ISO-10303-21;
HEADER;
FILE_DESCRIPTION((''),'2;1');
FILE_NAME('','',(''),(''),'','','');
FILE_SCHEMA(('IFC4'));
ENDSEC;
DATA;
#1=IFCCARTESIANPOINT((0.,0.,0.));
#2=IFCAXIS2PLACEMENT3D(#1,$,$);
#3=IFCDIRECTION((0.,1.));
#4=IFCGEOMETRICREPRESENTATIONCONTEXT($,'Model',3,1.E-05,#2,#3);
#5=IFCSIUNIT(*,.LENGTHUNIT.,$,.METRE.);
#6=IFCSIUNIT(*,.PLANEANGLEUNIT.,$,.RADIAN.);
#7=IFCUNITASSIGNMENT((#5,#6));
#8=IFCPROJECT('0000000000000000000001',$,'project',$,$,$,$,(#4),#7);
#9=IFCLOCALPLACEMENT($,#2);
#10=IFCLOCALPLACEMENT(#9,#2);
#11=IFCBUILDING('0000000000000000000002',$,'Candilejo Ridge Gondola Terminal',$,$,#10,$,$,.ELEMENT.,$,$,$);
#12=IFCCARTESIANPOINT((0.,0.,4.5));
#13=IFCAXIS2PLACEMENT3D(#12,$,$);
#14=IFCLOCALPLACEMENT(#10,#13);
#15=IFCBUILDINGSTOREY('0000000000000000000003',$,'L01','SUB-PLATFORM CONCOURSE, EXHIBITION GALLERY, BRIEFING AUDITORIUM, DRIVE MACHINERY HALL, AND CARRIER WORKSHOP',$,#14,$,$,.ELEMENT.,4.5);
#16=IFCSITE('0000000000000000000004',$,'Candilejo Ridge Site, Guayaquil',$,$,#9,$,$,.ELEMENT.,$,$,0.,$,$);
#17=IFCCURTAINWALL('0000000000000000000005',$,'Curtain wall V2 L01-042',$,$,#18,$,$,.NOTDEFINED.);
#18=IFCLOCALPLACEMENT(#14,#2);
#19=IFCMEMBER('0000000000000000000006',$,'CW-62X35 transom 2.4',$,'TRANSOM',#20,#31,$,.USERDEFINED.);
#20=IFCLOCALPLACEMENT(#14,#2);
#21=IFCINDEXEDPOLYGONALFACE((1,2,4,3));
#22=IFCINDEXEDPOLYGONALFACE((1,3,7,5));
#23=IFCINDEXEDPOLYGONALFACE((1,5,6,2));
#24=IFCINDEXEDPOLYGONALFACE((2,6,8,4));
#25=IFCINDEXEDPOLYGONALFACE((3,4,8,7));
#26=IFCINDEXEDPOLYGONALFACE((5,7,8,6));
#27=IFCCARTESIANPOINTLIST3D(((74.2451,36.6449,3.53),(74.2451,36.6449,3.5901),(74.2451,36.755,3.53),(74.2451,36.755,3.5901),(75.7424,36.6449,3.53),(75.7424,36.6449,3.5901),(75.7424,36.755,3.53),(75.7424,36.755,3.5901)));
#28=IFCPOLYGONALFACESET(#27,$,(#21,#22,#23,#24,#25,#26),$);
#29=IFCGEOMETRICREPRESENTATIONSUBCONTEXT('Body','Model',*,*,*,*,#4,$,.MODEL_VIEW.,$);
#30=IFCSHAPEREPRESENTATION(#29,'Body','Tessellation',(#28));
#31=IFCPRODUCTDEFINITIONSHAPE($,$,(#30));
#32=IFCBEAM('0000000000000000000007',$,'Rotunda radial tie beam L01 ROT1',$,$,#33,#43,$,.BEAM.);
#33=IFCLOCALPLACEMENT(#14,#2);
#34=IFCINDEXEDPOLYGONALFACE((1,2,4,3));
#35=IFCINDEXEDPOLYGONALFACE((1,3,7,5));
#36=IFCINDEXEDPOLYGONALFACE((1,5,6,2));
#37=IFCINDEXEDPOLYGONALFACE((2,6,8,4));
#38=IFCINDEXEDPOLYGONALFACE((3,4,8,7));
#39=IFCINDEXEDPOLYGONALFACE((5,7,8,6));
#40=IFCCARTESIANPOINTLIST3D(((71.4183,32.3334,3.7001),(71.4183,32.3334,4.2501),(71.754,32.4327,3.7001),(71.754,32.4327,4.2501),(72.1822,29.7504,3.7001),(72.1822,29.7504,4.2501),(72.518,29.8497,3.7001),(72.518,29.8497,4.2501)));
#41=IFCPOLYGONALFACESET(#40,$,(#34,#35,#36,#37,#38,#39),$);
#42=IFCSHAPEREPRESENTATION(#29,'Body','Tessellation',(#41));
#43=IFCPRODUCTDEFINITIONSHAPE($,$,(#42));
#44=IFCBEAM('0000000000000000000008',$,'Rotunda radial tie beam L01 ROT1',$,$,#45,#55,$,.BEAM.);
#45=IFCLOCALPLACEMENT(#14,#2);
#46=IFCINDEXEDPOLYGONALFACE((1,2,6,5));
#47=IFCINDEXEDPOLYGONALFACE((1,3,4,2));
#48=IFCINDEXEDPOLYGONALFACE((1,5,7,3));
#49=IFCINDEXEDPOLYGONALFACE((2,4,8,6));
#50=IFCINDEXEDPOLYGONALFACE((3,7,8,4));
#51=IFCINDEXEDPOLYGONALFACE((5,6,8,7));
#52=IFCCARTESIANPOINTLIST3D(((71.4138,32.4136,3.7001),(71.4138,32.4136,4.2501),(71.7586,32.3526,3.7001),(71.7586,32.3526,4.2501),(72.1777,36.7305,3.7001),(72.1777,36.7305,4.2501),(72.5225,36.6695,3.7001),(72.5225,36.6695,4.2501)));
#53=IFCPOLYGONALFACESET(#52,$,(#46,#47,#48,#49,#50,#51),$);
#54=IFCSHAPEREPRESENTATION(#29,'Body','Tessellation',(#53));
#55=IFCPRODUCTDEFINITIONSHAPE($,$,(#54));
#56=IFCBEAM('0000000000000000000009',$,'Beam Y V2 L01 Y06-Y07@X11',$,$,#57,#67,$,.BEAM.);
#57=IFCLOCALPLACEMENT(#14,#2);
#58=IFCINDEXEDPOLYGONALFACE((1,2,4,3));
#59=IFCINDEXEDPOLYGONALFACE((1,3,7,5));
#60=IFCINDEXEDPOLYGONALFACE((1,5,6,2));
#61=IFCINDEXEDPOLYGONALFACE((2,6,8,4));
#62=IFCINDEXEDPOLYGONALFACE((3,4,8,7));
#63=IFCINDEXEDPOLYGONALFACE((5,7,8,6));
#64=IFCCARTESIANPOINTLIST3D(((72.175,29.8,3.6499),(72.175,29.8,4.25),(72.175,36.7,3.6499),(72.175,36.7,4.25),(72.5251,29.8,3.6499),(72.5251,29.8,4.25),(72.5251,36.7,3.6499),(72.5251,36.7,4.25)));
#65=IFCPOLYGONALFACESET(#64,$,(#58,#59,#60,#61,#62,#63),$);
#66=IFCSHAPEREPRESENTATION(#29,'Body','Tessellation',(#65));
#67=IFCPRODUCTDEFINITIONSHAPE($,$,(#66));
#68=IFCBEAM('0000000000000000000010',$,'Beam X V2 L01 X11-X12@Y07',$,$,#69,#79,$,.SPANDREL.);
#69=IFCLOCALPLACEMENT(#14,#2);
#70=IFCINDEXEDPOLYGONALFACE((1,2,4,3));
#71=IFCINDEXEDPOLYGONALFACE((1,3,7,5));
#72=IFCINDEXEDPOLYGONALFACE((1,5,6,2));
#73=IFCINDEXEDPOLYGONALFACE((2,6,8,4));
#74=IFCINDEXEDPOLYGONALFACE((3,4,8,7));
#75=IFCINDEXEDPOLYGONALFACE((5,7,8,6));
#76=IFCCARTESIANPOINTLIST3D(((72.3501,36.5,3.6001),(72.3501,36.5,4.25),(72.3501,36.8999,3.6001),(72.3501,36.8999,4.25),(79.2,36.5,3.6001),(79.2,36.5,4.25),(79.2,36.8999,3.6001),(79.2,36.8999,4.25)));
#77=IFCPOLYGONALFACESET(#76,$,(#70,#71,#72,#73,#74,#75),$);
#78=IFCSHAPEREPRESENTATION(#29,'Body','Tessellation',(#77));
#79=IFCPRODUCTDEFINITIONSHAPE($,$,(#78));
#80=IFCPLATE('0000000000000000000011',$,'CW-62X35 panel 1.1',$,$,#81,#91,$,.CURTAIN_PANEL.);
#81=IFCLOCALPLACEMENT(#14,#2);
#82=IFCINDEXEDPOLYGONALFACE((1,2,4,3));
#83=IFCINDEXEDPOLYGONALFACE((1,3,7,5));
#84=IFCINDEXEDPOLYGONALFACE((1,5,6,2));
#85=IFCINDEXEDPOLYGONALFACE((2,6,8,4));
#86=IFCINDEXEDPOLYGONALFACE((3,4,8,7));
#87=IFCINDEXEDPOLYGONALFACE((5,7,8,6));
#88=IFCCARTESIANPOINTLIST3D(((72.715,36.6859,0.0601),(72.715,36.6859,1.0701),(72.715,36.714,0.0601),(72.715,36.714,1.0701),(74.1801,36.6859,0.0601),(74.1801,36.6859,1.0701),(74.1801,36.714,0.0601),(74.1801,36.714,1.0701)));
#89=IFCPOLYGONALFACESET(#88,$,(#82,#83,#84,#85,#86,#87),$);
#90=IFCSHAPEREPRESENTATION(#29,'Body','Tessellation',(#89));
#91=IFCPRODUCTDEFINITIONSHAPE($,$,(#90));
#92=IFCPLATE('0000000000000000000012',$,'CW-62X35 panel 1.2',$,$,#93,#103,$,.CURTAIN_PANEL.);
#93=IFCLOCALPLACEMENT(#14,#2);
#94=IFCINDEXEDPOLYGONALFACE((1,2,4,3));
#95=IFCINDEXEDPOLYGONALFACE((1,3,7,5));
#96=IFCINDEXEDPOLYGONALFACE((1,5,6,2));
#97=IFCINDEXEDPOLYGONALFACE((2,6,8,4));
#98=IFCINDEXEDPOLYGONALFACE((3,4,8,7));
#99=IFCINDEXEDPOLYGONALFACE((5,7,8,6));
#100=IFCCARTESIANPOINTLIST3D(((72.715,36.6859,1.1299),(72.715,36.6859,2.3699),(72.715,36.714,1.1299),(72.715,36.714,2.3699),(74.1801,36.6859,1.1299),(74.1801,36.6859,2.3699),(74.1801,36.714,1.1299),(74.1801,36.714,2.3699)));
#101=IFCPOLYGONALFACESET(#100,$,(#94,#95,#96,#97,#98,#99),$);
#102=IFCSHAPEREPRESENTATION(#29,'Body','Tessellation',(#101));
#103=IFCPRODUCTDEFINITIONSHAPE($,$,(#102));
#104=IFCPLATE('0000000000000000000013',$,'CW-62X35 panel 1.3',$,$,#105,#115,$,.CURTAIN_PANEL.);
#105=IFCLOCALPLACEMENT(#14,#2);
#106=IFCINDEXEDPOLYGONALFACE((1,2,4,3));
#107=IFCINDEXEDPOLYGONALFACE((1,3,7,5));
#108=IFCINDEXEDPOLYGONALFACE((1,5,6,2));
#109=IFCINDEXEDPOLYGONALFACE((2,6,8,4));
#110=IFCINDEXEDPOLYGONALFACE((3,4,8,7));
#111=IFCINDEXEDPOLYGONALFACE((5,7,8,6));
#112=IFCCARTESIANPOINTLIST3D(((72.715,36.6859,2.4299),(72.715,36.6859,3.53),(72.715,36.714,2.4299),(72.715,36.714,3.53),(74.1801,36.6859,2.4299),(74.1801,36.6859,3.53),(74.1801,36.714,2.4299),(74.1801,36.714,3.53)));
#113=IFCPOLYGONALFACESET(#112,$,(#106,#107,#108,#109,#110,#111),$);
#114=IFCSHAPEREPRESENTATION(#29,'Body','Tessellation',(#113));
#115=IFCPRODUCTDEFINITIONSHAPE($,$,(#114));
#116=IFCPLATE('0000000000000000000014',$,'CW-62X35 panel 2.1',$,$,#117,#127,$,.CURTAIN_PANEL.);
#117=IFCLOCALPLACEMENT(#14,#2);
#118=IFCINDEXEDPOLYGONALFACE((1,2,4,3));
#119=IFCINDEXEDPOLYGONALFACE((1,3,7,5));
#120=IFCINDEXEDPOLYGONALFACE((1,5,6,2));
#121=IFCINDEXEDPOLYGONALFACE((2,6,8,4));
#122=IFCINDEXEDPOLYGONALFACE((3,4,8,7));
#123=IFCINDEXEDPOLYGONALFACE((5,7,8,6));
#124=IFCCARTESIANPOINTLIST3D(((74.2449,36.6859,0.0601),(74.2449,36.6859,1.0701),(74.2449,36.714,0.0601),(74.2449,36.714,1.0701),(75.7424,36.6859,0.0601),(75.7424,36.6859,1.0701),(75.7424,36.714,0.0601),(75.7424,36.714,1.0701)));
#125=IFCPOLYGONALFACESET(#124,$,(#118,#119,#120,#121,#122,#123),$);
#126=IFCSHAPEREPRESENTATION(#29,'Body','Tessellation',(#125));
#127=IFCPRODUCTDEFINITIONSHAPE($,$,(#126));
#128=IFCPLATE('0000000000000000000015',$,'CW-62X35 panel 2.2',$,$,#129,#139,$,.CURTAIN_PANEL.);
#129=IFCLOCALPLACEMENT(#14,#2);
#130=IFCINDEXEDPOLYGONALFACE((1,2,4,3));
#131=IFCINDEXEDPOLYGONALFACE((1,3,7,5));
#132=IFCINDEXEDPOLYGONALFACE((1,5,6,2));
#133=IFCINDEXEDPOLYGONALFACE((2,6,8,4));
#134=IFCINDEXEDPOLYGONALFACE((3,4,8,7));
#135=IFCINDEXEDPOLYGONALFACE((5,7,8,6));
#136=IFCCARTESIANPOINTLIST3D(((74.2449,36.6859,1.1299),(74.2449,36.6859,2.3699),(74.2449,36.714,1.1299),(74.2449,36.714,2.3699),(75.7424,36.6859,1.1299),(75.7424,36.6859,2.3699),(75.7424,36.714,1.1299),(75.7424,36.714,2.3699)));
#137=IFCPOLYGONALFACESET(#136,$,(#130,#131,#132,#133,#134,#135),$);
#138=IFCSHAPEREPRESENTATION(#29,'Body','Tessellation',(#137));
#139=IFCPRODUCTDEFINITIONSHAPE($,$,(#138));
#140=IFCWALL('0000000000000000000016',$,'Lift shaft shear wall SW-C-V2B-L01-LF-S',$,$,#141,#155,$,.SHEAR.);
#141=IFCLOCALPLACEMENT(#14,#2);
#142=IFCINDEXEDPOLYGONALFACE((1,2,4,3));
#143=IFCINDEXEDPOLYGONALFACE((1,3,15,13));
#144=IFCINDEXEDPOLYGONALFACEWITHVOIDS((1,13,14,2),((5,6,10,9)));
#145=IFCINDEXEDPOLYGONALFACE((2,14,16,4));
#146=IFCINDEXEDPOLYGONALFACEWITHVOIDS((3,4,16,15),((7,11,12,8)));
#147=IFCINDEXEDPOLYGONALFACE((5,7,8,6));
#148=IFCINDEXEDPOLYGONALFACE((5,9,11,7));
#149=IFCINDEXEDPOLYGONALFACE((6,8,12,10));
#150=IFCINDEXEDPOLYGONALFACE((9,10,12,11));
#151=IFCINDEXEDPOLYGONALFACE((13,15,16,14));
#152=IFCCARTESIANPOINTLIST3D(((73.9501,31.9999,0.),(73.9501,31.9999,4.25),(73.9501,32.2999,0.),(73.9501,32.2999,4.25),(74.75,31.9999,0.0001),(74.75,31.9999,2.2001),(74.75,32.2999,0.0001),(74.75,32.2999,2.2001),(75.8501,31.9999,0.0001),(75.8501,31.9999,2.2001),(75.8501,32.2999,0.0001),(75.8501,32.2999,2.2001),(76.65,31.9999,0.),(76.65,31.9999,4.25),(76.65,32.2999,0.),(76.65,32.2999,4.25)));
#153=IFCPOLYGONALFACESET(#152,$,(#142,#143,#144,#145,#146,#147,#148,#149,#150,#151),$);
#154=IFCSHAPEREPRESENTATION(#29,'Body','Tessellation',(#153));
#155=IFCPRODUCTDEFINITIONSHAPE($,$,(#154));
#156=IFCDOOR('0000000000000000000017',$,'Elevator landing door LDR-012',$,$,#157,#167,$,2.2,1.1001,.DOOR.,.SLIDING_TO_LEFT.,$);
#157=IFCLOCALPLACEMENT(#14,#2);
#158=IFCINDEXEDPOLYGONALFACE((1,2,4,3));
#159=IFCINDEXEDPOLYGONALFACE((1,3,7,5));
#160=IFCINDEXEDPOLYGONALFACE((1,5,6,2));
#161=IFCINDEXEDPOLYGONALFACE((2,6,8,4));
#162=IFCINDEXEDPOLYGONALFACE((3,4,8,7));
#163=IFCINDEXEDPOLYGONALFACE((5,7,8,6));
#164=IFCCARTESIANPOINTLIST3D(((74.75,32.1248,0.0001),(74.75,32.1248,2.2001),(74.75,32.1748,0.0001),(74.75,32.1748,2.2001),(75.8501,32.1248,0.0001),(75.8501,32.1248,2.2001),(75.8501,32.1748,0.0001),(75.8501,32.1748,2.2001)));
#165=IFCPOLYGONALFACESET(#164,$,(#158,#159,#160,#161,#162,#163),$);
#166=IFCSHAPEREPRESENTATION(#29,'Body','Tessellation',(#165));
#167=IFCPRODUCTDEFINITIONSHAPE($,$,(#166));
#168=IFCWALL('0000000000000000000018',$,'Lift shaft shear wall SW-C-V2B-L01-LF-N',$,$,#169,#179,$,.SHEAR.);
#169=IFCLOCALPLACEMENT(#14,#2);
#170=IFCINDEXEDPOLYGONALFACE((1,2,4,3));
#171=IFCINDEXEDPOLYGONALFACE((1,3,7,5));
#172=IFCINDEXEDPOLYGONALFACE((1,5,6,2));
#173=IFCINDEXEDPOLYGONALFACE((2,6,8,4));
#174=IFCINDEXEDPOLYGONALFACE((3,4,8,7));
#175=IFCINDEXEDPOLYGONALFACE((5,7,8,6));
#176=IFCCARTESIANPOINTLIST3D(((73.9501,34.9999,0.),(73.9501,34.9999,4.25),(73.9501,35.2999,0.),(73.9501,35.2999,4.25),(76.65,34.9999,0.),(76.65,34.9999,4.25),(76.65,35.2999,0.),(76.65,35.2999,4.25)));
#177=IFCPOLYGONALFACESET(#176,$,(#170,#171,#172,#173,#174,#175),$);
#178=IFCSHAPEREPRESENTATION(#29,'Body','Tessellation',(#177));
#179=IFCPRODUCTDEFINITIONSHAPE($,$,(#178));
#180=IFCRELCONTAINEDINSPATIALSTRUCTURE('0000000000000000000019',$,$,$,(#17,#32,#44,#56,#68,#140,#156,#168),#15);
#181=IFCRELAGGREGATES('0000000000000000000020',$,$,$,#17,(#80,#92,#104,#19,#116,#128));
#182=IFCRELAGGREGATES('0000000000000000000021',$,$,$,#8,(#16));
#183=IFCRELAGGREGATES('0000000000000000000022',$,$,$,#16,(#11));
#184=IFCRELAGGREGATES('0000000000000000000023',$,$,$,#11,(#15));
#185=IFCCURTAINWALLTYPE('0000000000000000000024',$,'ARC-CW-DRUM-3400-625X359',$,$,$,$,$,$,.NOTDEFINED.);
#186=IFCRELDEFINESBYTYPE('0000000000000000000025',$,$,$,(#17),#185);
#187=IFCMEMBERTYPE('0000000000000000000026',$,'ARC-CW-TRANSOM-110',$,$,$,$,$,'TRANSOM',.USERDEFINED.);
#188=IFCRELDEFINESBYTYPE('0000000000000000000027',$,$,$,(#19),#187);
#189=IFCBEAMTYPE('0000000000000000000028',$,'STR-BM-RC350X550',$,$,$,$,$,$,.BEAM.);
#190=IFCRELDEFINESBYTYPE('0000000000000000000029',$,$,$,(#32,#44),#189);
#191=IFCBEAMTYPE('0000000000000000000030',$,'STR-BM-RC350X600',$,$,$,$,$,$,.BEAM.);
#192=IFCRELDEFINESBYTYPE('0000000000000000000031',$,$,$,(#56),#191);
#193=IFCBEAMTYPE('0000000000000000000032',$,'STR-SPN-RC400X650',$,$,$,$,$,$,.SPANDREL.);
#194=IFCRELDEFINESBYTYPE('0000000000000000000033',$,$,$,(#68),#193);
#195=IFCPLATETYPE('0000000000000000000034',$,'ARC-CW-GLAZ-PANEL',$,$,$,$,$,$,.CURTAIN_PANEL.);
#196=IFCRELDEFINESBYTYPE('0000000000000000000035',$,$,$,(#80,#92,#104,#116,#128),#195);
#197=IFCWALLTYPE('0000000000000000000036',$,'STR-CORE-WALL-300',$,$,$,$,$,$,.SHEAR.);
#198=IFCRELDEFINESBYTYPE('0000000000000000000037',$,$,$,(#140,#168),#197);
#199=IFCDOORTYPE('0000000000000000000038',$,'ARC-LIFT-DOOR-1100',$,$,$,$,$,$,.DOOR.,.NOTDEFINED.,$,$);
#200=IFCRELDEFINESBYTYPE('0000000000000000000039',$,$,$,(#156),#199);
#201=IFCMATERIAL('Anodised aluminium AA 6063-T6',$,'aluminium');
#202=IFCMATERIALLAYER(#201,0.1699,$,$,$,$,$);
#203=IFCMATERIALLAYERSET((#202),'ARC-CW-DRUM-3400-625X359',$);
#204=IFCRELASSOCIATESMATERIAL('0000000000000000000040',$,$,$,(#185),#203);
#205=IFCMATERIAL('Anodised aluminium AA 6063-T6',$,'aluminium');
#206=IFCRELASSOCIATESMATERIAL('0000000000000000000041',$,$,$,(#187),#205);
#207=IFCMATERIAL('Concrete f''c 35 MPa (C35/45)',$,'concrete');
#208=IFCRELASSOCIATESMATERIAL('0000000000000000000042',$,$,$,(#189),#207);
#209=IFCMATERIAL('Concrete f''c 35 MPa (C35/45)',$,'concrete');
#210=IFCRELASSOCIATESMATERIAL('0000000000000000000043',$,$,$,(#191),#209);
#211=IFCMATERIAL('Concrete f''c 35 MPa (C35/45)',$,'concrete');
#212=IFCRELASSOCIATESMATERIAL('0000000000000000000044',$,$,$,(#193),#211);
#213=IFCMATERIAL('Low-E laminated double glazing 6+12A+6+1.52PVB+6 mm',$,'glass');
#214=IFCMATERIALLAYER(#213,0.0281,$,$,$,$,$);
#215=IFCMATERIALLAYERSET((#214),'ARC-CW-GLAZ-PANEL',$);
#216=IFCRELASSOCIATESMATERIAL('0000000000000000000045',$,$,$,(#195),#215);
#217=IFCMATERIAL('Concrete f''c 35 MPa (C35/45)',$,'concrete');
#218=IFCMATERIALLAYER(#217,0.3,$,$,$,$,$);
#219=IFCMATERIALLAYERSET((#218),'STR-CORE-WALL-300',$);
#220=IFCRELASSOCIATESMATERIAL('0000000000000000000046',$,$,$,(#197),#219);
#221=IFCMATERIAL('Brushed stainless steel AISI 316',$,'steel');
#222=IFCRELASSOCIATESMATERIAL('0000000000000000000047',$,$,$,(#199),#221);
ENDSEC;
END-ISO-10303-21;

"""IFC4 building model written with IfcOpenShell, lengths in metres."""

from ifc_helpers import new_model, si_unit, direction, frame, frame_2d, origin, origin_2d, place, context, subcontext, project, spatial, rectangle, extrude, material, layer, layer_set, material_profile, profile_set, type_object, element, fill, aggregate, save


model = new_model("IFC4")

# Units and contexts
model_context = context("Model", 3, precision=1e-05, world=origin(), true_north=direction((0.0, 1.0)))
body_context = subcontext(model_context, "Body", "Model", "MODEL_VIEW")
ifc_project = project(units=[si_unit("LENGTHUNIT", "METRE"), si_unit("PLANEANGLEUNIT", "RADIAN")], contexts=[model_context])

# Site, building, storey
site_placement = place(None, origin())
site = spatial("IfcSite", under=ifc_project, at=site_placement, Name="Candilejo Ridge Site, Guayaquil", CompositionType="ELEMENT", RefElevation=0.0)
building_placement = place(site_placement, origin())
building = spatial("IfcBuilding", under=site, at=building_placement, Name="Candilejo Ridge Gondola Terminal", CompositionType="ELEMENT")
storey_placement = place(building_placement, frame((0.0, 0.0, 4.5)))
storey = spatial("IfcBuildingStorey", under=building, at=storey_placement, Name="L01", Description="SUB-PLATFORM CONCOURSE, EXHIBITION GALLERY, BRIEFING AUDITORIUM, DRIVE MACHINERY HALL, AND CARRIER WORKSHOP", CompositionType="ELEMENT", Elevation=4.5)

# Curtain wall, member
ifc_material_1 = material(Name="Anodised aluminium AA 6063-T6", Category="aluminium")
ifc_layer_1 = layer(ifc_material_1, 0.1699)
ifc_layer_set_1 = layer_set([ifc_layer_1], Name="ARC-CW-DRUM-3400-625X359")
curtain_wall_type_1 = type_object("IfcCurtainWallType", Name="ARC-CW-DRUM-3400-625X359", PredefinedType="NOTDEFINED", material=ifc_layer_set_1)
curtain_wall_1_placement = place(storey_placement, origin())
curtain_wall_1 = element("IfcCurtainWall", 1, at=curtain_wall_1_placement, inside=storey, type_object=curtain_wall_type_1, Name="Curtain wall V2 L01-042", PredefinedType="NOTDEFINED")
ifc_material_2 = material(Name="Anodised aluminium AA 6063-T6", Category="aluminium")
ifc_material_profile_1 = material_profile(ifc_material_2, rectangle(XDim=0.1101, YDim=0.0601, at=origin_2d()))
ifc_profile_set_1 = profile_set([ifc_material_profile_1], Name="Anodised aluminium AA 6063-T6")
member_type_1 = type_object("IfcMemberType", Name="ARC-CW-TRANSOM-110", ElementType="TRANSOM", PredefinedType="USERDEFINED", material=ifc_profile_set_1)
member_1_placement = place(storey_placement, frame((74.2451, 36.7, 3.5601), z_axis=(1.0, 0.0, 0.0), x_axis=(0.0, 1.0, 0.0)))
member_1 = element("IfcMember", 2, at=member_1_placement, type_object=member_type_1, Name="CW-62X35 transom 2.4", ObjectType="TRANSOM", PredefinedType="USERDEFINED", context=body_context, shape_type="SweptSolid", body=[
    extrude(rectangle(XDim=0.1101, YDim=0.0601, at=origin_2d()), origin(), (0.0, 0.0, 1.0), 1.4973),
])

# Beams
ifc_material_3 = material(Name="Concrete f'c 35 MPa (C35/45)", Category="concrete")
ifc_material_profile_2 = material_profile(ifc_material_3, rectangle(XDim=0.3501, YDim=0.55, at=origin_2d()))
ifc_profile_set_2 = profile_set([ifc_material_profile_2], Name="Concrete f'c 35 MPa (C35/45)")
beam_type_1 = type_object("IfcBeamType", Name="STR-BM-RC350X550", PredefinedType="BEAM", material=ifc_profile_set_2)
beam_1_placement = place(storey_placement, frame((71.5862, 32.3831, 3.9751), z_axis=(0.283604, -0.958942, 0.0), x_axis=(0.958942, 0.283604, 0.0)))
element("IfcBeam", 3, at=beam_1_placement, inside=storey, type_object=beam_type_1, Name="Rotunda radial tie beam L01 ROT1", PredefinedType="BEAM", context=body_context, shape_type="SweptSolid", body=[
    extrude(rectangle(XDim=0.3501, YDim=0.55, at=origin_2d()), origin(), (0.0, 0.0, 1.0), 2.6936),
])
beam_2_placement = place(storey_placement, frame((71.5862, 32.3831, 3.9751), z_axis=(0.174252, 0.984701, 0.0), x_axis=(-0.984701, 0.174252, 0.0)))
element("IfcBeam", 4, at=beam_2_placement, inside=storey, type_object=beam_type_1, Name="Rotunda radial tie beam L01 ROT1", PredefinedType="BEAM", context=body_context, shape_type="SweptSolid", body=[
    extrude(rectangle(XDim=0.3501, YDim=0.55, at=origin_2d()), origin(), (0.0, 0.0, 1.0), 4.384),
])
ifc_material_4 = material(Name="Concrete f'c 35 MPa (C35/45)", Category="concrete")
ifc_material_profile_3 = material_profile(ifc_material_4, rectangle(XDim=0.3501, YDim=0.6001, at=origin_2d()))
ifc_profile_set_3 = profile_set([ifc_material_profile_3], Name="Concrete f'c 35 MPa (C35/45)")
beam_type_2 = type_object("IfcBeamType", Name="STR-BM-RC350X600", PredefinedType="BEAM", material=ifc_profile_set_3)
beam_3_placement = place(storey_placement, frame((72.3501, 29.8, 3.95), z_axis=(0.0, 1.0, 0.0), x_axis=(-1.0, 0.0, 0.0)))
element("IfcBeam", 5, at=beam_3_placement, inside=storey, type_object=beam_type_2, Name="Beam Y V2 L01 Y06-Y07@X11", PredefinedType="BEAM", context=body_context, shape_type="SweptSolid", body=[
    extrude(rectangle(XDim=0.3501, YDim=0.6001, at=origin_2d()), origin(), (0.0, 0.0, 1.0), 6.8999),
])
ifc_material_5 = material(Name="Concrete f'c 35 MPa (C35/45)", Category="concrete")
ifc_material_profile_4 = material_profile(ifc_material_5, rectangle(XDim=0.3999, YDim=0.6499, at=origin_2d()))
ifc_profile_set_4 = profile_set([ifc_material_profile_4], Name="Concrete f'c 35 MPa (C35/45)")
beam_type_3 = type_object("IfcBeamType", Name="STR-SPN-RC400X650", PredefinedType="SPANDREL", material=ifc_profile_set_4)
beam_4_placement = place(storey_placement, frame((72.3501, 36.7, 3.925), z_axis=(1.0, 0.0, 0.0), x_axis=(0.0, 1.0, 0.0)))
element("IfcBeam", 6, at=beam_4_placement, inside=storey, type_object=beam_type_3, Name="Beam X V2 L01 X11-X12@Y07", PredefinedType="SPANDREL", context=body_context, shape_type="SweptSolid", body=[
    extrude(rectangle(XDim=0.3999, YDim=0.6499, at=origin_2d()), origin(), (0.0, 0.0, 1.0), 6.8499),
])

# Plates
ifc_material_6 = material(Name="Low-E laminated double glazing 6+12A+6+1.52PVB+6 mm", Category="glass")
ifc_layer_2 = layer(ifc_material_6, 0.0281)
ifc_layer_set_2 = layer_set([ifc_layer_2], Name="ARC-CW-GLAZ-PANEL")
plate_type = type_object("IfcPlateType", Name="ARC-CW-GLAZ-PANEL", PredefinedType="CURTAIN_PANEL", material=ifc_layer_set_2)
plate_1_placement = place(storey_placement, frame((73.4475, 36.7, 0.0601), z_axis=(0.0, 0.0, 1.0), x_axis=(1.0, 0.0, 0.0)))
plate_1 = element("IfcPlate", 7, at=plate_1_placement, type_object=plate_type, Name="CW-62X35 panel 1.1", PredefinedType="CURTAIN_PANEL", context=body_context, shape_type="SweptSolid", body=[
    extrude(rectangle(XDim=1.4651, YDim=0.0281, at=origin_2d()), origin(), (0.0, 0.0, 1.0), 1.01),
])
plate_2_placement = place(storey_placement, frame((73.4475, 36.7, 1.1299), z_axis=(0.0, 0.0, 1.0), x_axis=(1.0, 0.0, 0.0)))
plate_2 = element("IfcPlate", 8, at=plate_2_placement, type_object=plate_type, Name="CW-62X35 panel 1.2", PredefinedType="CURTAIN_PANEL", context=body_context, shape_type="SweptSolid", body=[
    extrude(rectangle(XDim=1.4651, YDim=0.0281, at=origin_2d()), origin(), (0.0, 0.0, 1.0), 1.24),
])
plate_3_placement = place(storey_placement, frame((73.4475, 36.7, 2.4299), z_axis=(0.0, 0.0, 1.0), x_axis=(1.0, 0.0, 0.0)))
plate_3 = element("IfcPlate", 9, at=plate_3_placement, type_object=plate_type, Name="CW-62X35 panel 1.3", PredefinedType="CURTAIN_PANEL", context=body_context, shape_type="SweptSolid", body=[
    extrude(rectangle(XDim=1.4651, YDim=0.0281, at=origin_2d()), origin(), (0.0, 0.0, 1.0), 1.1001),
])
plate_4_placement = place(storey_placement, frame((74.9937, 36.7, 0.0601), z_axis=(0.0, 0.0, 1.0), x_axis=(1.0, 0.0, 0.0)))
plate_4 = element("IfcPlate", 10, at=plate_4_placement, type_object=plate_type, Name="CW-62X35 panel 2.1", PredefinedType="CURTAIN_PANEL", context=body_context, shape_type="SweptSolid", body=[
    extrude(rectangle(XDim=1.4976, YDim=0.0281, at=origin_2d()), origin(), (0.0, 0.0, 1.0), 1.01),
])
plate_5_placement = place(storey_placement, frame((74.9937, 36.7, 1.1299), z_axis=(0.0, 0.0, 1.0), x_axis=(1.0, 0.0, 0.0)))
plate_5 = element("IfcPlate", 11, at=plate_5_placement, type_object=plate_type, Name="CW-62X35 panel 2.2", PredefinedType="CURTAIN_PANEL", context=body_context, shape_type="SweptSolid", body=[
    extrude(rectangle(XDim=1.4976, YDim=0.0281, at=origin_2d()), origin(), (0.0, 0.0, 1.0), 1.24),
])
aggregate(curtain_wall_1, [plate_1, plate_2, plate_3, member_1, plate_4, plate_5])

# Wall, opening, door
ifc_material_7 = material(Name="Concrete f'c 35 MPa (C35/45)", Category="concrete")
ifc_layer_3 = layer(ifc_material_7, 0.3)
ifc_layer_set_3 = layer_set([ifc_layer_3], Name="STR-CORE-WALL-300")
wall_type = type_object("IfcWallType", Name="STR-CORE-WALL-300", PredefinedType="SHEAR", material=ifc_layer_set_3)
wall_1_placement = place(storey_placement, frame((73.95, 32.1499, 0.0), z_axis=(0.0, 0.0, 1.0), x_axis=(1.0, 0.0, 0.0)))
wall_1 = element("IfcWall", 12, at=wall_1_placement, inside=storey, type_object=wall_type, Name="Lift shaft shear wall SW-C-V2B-L01-LF-S", PredefinedType="SHEAR", context=body_context, shape_type="SweptSolid", body=[
    extrude(rectangle(XDim=2.7, YDim=0.3, at=frame_2d((1.3501, 0.0))), origin(), (0.0, 0.0, 1.0), 4.25),
])
opening_placement = place(wall_1_placement, frame((0.8, 0.0, 0.0)))
opening = element("IfcOpeningElement", 13, at=opening_placement, cuts=wall_1, PredefinedType="OPENING", context=body_context, shape_type="SweptSolid", body=[
    extrude(rectangle(XDim=1.1001, YDim=2.2, at=frame_2d((0.55, 1.1001))), frame((0.0, 0.1599, 0.0), z_axis=(0.0, -1.0, 0.0), x_axis=(1.0, 0.0, 0.0)), (0.0, 0.0, 1.0), 0.3201),
])
ifc_material_8 = material(Name="Brushed stainless steel AISI 316", Category="steel")
door_type = type_object("IfcDoorType", Name="ARC-LIFT-DOOR-1100", OperationType="NOTDEFINED", PredefinedType="DOOR", material=ifc_material_8)
door_placement = place(opening_placement, origin())
door = element("IfcDoor", 14, at=door_placement, inside=storey, type_object=door_type, Name="Elevator landing door LDR-012", OperationType="SLIDING_TO_LEFT", OverallHeight=2.2, OverallWidth=1.1001, PredefinedType="DOOR", context=body_context, shape_type="SweptSolid", body=[
    extrude(rectangle(XDim=1.1001, YDim=2.2, at=frame_2d((0.55, 1.1001))), frame((0.0, 0.0249, 0.0), z_axis=(0.0, -1.0, 0.0), x_axis=(1.0, 0.0, 0.0)), (0.0, 0.0, 1.0), 0.05),
])
fill(opening, door)

# Wall
wall_2_placement = place(storey_placement, frame((73.95, 35.1499, 0.0), z_axis=(0.0, 0.0, 1.0), x_axis=(1.0, 0.0, 0.0)))
element("IfcWall", 15, at=wall_2_placement, inside=storey, type_object=wall_type, Name="Lift shaft shear wall SW-C-V2B-L01-LF-N", PredefinedType="SHEAR", context=body_context, shape_type="SweptSolid", body=[
    extrude(rectangle(XDim=2.7, YDim=0.3, at=frame_2d((1.3501, 0.0))), origin(), (0.0, 0.0, 1.0), 4.25),
])

save(model, "model.ifc")
